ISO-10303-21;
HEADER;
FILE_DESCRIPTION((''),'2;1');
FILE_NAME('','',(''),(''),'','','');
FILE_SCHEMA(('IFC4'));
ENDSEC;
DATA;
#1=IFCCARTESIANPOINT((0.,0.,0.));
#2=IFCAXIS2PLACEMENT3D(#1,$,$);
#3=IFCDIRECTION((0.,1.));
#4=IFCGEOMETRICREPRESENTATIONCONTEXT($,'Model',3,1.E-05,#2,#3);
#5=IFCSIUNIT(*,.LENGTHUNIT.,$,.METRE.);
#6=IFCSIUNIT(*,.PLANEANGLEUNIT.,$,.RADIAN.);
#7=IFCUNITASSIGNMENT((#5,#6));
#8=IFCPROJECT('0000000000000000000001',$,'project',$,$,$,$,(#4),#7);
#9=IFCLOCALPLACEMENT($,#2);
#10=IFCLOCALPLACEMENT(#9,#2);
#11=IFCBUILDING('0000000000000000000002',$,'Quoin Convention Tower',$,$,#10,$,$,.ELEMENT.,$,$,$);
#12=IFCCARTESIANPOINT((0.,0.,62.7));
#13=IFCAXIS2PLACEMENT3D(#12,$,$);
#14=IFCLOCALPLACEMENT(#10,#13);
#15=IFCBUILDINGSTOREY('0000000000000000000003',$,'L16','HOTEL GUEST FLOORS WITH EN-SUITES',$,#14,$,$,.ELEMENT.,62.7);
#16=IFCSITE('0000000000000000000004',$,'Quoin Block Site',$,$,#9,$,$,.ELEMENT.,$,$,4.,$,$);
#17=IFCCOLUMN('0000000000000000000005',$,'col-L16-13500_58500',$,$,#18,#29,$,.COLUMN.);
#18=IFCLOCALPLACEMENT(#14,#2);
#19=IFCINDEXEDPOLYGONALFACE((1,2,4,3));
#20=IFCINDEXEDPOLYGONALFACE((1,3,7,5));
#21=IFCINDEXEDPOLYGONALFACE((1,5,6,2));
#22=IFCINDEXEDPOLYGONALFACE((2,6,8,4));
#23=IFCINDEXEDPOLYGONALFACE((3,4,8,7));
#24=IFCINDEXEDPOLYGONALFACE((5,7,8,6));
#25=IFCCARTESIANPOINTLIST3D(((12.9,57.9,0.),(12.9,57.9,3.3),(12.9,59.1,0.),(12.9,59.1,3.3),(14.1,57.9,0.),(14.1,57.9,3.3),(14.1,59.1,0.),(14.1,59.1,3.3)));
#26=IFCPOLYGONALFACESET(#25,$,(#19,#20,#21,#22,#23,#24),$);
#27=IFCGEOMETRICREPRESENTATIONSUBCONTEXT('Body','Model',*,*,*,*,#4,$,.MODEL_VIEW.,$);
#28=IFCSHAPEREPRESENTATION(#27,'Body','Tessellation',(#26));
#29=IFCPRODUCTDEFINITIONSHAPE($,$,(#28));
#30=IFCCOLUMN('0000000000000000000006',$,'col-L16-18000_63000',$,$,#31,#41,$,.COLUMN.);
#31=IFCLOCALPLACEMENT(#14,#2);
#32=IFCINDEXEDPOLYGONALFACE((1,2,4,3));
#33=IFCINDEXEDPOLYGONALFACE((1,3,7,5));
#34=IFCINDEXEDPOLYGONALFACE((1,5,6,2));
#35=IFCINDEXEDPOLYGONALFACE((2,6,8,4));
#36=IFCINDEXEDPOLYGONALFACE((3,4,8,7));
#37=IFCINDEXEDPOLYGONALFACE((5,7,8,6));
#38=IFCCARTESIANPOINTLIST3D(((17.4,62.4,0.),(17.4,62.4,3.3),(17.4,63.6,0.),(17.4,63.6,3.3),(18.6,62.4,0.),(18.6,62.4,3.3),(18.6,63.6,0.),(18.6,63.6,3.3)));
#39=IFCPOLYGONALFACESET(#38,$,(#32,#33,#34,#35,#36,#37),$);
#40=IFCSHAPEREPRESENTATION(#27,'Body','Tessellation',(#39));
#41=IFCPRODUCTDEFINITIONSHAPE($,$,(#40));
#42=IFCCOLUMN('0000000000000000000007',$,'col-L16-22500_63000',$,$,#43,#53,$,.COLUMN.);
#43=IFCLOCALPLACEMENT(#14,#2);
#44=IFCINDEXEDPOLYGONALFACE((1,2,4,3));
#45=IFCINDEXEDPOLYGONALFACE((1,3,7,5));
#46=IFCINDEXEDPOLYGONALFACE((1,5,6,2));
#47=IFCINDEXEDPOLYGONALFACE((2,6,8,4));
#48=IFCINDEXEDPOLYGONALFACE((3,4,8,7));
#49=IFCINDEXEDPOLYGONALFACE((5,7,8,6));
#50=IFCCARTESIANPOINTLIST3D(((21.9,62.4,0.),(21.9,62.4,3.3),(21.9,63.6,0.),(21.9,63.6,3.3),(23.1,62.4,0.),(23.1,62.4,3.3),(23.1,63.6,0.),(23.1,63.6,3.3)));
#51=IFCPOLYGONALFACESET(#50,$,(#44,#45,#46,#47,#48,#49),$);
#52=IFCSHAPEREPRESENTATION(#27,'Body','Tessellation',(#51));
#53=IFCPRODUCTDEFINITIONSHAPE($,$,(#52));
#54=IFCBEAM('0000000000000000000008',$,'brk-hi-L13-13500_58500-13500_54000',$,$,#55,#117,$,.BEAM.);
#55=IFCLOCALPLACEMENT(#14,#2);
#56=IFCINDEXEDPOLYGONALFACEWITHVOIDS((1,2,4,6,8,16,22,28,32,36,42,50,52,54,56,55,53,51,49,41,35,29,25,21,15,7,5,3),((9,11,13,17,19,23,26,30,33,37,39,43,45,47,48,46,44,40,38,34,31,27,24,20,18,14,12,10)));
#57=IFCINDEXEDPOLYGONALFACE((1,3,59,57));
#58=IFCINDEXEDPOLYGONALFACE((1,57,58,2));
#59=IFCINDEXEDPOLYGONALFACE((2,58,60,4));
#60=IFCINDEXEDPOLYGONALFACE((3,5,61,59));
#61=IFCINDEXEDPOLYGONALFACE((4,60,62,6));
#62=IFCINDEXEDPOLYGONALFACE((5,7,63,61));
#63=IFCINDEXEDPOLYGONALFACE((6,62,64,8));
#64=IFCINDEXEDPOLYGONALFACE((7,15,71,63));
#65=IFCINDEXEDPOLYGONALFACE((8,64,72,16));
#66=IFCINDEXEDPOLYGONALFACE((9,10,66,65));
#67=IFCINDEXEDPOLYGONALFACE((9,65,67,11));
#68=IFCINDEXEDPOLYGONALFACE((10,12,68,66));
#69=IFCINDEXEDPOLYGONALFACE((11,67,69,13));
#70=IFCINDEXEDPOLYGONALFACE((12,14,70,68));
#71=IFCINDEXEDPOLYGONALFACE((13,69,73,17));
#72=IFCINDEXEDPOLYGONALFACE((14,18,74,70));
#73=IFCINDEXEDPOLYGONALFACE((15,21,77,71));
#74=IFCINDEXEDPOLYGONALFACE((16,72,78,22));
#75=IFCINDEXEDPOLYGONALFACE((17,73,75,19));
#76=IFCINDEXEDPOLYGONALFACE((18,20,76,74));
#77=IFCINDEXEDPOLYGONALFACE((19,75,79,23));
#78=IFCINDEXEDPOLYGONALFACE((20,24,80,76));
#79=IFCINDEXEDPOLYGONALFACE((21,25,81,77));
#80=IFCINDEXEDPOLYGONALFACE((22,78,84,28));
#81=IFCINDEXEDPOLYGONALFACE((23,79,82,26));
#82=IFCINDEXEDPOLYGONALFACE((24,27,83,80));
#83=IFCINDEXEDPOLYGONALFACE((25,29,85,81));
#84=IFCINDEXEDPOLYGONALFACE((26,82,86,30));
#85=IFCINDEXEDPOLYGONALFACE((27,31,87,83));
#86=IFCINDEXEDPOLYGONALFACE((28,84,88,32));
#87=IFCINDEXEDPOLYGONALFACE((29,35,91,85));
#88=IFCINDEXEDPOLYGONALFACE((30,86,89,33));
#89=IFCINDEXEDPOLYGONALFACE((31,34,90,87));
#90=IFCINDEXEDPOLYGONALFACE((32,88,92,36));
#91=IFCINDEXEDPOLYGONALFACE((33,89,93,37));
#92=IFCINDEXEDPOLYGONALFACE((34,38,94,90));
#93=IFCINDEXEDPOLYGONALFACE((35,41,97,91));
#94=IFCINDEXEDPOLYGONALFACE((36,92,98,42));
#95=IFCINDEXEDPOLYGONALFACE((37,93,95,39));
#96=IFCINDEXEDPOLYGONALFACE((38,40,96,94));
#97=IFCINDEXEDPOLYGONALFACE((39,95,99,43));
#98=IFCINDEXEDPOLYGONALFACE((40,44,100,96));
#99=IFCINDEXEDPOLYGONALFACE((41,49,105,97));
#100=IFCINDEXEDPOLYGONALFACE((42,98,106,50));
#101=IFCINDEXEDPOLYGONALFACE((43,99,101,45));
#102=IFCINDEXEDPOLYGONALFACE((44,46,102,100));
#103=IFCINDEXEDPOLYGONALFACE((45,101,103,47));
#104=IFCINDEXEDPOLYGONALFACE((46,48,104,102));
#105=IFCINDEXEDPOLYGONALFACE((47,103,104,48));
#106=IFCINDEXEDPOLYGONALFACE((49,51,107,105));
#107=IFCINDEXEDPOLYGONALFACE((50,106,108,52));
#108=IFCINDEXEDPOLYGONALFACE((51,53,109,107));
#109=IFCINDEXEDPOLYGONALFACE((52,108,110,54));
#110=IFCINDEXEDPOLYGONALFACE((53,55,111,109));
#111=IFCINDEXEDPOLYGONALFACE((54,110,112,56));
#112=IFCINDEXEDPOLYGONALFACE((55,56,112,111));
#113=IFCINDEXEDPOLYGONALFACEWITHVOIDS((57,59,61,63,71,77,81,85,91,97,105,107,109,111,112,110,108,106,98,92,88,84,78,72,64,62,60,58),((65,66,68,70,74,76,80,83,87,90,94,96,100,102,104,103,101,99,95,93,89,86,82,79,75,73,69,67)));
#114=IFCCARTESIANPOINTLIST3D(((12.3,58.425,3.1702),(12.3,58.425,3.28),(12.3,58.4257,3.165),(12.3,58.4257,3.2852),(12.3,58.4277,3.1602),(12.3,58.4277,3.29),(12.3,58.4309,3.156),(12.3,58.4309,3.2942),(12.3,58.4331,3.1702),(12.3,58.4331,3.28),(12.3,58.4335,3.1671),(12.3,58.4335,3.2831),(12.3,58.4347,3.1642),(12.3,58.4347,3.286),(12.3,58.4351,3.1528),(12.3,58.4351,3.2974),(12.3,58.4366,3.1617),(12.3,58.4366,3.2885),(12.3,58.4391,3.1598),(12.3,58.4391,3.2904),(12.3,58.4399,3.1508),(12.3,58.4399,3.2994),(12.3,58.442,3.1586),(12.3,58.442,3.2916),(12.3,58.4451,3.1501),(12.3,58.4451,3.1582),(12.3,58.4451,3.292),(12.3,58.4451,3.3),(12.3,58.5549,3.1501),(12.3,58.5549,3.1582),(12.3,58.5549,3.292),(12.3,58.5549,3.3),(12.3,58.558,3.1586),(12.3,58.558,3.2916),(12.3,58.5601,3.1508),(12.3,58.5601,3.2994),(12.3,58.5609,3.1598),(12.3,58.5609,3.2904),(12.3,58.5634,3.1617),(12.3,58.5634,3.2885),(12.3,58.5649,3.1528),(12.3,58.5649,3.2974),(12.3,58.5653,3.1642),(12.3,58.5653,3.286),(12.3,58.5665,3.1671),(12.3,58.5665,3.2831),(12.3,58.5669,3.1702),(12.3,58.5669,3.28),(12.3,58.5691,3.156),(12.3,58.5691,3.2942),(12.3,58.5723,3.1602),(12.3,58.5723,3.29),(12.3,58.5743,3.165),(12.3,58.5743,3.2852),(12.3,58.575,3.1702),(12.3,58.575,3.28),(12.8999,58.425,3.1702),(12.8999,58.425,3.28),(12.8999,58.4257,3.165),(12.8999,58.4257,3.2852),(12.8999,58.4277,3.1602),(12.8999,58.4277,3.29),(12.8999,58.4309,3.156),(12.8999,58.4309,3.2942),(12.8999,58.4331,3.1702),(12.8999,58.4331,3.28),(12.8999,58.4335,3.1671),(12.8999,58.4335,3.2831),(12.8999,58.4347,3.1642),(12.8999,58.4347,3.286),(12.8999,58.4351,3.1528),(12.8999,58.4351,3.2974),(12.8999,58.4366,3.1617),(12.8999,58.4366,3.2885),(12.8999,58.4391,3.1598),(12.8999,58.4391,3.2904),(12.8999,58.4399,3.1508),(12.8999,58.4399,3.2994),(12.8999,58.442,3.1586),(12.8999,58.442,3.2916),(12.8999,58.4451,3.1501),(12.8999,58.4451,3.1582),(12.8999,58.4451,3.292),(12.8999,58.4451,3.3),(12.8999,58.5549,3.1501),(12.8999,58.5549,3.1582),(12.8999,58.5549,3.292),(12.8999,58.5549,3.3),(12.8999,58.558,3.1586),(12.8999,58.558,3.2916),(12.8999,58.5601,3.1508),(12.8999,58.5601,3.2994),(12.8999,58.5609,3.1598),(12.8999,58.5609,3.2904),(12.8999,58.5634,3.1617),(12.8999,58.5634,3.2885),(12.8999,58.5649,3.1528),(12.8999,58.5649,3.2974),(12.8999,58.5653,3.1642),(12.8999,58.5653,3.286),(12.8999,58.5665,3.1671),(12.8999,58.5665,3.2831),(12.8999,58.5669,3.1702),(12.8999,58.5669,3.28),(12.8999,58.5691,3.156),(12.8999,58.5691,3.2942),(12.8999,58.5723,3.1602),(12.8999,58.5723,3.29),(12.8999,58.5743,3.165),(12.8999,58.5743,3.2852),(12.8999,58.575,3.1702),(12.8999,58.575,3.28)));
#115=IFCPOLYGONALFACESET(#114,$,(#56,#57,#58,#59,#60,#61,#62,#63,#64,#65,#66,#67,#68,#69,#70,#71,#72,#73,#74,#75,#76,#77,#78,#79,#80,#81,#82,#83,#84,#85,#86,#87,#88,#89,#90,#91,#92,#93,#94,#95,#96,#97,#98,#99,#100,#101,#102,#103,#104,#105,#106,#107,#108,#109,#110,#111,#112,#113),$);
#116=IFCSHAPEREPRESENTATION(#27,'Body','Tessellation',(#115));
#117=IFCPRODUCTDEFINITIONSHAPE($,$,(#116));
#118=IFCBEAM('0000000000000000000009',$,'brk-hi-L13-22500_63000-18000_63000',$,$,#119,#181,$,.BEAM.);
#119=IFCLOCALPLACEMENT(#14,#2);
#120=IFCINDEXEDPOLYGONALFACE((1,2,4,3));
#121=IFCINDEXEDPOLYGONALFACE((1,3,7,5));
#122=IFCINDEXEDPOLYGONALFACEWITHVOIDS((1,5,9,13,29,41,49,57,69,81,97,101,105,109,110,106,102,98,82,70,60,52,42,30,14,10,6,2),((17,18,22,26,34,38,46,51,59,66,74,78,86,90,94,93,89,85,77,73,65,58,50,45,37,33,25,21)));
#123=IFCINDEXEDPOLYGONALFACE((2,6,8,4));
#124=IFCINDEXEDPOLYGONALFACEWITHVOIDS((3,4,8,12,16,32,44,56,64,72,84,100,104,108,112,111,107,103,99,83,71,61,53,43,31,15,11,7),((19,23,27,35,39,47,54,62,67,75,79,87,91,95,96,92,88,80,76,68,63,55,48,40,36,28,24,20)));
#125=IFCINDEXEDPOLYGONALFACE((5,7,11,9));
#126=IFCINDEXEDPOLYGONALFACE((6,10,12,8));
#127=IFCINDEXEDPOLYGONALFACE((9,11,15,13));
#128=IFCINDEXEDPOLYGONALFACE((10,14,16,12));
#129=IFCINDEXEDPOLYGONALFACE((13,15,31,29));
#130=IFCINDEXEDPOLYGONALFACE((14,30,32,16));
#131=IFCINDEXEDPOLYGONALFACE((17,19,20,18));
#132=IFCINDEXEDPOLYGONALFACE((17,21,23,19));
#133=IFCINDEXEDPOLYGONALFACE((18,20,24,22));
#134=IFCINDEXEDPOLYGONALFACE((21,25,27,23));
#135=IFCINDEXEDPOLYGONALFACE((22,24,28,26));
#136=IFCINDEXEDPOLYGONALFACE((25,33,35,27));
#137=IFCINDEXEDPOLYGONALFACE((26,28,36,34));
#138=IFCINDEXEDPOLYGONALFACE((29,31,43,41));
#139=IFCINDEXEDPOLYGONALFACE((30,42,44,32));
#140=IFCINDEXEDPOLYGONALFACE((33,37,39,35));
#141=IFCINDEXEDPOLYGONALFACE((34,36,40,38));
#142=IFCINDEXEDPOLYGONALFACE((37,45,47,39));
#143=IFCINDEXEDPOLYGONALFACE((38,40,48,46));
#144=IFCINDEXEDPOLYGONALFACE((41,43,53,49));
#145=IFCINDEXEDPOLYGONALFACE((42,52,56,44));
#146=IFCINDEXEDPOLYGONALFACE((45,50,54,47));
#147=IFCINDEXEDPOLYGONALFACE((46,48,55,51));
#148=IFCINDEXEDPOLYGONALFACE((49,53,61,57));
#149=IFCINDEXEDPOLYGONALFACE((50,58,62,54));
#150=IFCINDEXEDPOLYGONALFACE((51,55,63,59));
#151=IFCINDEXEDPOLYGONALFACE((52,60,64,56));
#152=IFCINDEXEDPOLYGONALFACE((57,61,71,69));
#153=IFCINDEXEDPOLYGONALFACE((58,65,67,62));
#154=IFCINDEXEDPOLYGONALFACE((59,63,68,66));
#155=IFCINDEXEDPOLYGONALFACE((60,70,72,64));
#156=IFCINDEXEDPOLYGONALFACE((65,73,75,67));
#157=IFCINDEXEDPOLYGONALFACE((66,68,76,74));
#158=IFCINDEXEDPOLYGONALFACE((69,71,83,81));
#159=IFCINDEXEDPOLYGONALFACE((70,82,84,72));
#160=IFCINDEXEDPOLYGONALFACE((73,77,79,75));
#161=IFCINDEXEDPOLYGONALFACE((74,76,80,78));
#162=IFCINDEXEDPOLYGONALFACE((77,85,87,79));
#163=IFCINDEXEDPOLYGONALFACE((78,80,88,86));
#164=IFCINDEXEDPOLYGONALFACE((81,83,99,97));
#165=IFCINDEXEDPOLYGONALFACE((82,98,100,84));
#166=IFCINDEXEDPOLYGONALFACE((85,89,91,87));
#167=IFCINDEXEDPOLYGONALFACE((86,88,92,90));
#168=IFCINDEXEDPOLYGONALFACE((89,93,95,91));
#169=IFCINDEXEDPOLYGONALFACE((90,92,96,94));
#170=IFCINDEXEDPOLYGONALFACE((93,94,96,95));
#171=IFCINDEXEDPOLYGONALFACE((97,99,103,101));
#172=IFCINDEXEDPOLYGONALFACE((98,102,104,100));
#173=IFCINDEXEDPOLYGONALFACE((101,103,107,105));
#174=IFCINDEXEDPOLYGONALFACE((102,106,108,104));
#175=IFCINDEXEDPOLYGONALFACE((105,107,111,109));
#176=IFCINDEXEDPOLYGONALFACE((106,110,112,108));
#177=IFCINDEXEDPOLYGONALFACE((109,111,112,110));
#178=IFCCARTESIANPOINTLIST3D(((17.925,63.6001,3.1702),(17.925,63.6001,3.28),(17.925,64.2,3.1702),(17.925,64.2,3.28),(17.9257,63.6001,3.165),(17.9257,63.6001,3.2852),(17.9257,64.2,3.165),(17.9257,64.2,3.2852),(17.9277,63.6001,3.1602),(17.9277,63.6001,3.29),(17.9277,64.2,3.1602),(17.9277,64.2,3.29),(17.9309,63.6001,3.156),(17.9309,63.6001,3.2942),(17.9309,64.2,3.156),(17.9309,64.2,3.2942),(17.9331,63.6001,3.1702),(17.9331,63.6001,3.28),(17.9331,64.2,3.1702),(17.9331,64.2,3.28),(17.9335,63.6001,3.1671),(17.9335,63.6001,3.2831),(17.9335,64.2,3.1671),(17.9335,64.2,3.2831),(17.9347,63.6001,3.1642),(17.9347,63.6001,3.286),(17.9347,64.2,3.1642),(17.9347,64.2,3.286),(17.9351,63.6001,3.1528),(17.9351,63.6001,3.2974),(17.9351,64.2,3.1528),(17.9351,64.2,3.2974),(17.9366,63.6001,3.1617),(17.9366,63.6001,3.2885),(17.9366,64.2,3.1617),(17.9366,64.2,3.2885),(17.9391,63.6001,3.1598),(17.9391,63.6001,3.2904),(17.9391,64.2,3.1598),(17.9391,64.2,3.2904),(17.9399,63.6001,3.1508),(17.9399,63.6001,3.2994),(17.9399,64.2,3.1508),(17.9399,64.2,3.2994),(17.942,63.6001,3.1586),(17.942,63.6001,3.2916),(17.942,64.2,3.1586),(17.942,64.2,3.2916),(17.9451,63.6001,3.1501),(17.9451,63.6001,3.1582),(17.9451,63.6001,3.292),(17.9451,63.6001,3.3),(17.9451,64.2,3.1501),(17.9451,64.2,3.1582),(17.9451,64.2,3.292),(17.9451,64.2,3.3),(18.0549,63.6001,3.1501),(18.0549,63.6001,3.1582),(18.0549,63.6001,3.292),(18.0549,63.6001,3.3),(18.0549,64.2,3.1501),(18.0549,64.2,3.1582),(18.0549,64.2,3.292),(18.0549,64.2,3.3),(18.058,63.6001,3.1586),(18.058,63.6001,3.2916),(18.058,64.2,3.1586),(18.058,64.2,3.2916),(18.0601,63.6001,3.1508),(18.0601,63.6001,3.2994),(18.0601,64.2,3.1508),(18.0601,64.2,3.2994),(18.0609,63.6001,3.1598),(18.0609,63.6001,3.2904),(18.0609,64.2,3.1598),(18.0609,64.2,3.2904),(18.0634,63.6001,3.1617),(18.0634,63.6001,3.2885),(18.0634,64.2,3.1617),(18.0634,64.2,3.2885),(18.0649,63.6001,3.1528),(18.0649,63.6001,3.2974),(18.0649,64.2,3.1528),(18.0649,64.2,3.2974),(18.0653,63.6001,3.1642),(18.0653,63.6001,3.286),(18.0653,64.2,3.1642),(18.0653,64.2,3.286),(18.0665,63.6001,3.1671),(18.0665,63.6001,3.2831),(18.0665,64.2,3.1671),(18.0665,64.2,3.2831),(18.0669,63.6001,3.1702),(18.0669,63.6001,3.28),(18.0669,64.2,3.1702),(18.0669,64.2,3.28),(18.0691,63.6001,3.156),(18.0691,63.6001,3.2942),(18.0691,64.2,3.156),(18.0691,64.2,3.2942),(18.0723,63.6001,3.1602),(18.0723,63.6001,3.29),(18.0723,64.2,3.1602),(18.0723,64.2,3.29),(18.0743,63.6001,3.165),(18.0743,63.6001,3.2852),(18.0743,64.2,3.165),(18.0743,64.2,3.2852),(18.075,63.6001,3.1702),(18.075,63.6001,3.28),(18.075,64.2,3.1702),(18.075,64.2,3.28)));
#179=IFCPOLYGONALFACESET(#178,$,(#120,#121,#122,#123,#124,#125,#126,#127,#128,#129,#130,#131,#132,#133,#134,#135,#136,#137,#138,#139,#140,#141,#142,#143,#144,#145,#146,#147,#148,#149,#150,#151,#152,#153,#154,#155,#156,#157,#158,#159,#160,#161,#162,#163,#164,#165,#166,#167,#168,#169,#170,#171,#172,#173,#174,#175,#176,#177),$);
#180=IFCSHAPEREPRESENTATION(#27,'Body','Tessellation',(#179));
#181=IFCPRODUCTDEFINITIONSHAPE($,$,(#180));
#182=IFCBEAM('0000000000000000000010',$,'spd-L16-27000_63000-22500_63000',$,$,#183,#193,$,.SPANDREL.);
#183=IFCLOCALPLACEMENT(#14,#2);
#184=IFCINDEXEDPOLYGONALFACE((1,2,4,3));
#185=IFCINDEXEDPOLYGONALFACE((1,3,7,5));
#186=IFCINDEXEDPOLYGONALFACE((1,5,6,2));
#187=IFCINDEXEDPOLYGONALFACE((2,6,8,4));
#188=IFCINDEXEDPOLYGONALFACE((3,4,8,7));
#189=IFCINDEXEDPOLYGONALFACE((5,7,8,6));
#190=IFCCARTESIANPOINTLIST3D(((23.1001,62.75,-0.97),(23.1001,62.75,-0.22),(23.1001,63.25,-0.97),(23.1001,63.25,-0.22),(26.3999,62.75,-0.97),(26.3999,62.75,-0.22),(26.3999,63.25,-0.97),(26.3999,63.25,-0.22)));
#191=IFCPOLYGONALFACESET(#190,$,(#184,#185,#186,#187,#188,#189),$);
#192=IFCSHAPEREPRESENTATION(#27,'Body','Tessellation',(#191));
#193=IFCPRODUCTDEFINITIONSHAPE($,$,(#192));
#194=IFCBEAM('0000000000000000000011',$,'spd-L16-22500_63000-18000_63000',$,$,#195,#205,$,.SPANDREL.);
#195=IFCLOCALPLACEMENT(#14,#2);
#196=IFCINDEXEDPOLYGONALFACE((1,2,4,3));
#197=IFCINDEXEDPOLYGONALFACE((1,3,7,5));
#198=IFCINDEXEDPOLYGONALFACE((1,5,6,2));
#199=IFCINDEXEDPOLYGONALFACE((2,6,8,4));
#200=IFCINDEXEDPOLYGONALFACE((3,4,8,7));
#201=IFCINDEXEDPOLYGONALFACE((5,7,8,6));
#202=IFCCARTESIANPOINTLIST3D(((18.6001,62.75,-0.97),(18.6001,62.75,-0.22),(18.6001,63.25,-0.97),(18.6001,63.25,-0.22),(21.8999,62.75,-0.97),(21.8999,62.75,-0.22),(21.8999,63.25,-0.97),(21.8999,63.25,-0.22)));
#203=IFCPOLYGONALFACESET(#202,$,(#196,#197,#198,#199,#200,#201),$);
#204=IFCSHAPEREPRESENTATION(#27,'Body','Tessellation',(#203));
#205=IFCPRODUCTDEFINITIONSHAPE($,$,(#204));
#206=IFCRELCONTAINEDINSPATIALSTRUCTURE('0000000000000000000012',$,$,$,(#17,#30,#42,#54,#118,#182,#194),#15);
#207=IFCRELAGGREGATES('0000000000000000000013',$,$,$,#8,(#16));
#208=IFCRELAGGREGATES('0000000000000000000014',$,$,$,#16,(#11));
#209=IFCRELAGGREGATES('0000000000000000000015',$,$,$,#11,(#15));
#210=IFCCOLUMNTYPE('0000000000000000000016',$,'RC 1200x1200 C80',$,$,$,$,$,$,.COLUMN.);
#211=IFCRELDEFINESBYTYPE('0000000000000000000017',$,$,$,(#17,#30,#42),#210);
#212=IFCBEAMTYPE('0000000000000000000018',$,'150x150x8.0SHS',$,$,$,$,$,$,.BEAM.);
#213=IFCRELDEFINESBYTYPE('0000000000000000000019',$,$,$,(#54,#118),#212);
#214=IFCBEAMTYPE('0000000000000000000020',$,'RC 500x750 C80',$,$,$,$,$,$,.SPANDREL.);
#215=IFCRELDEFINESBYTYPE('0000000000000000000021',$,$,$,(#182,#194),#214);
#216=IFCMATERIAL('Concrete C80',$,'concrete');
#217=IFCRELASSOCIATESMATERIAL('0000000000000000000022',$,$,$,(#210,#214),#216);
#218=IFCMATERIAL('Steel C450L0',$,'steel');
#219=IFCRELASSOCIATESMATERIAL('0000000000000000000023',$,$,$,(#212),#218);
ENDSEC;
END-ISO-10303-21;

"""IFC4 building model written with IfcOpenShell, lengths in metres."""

from ifc_helpers import new_model, si_unit, direction, frame, origin, origin_2d, place, context, subcontext, project, spatial, rectangle, hollow_rectangle, extrude, material, material_profile, profile_set, type_object, element, save


model = new_model("IFC4")

# Units and contexts
model_context = context("Model", 3, precision=1e-05, world=origin(), true_north=direction((0.0, 1.0)))
body_context = subcontext(model_context, "Body", "Model", "MODEL_VIEW")
ifc_project = project(units=[si_unit("LENGTHUNIT", "METRE"), si_unit("PLANEANGLEUNIT", "RADIAN")], contexts=[model_context])

# Site, building, storey
site_placement = place(None, origin())
site = spatial("IfcSite", under=ifc_project, at=site_placement, Name="Quoin Block Site", CompositionType="ELEMENT", RefElevation=4.0)
building_placement = place(site_placement, origin())
building = spatial("IfcBuilding", under=site, at=building_placement, Name="Quoin Convention Tower", CompositionType="ELEMENT")
storey_placement = place(building_placement, frame((0.0, 0.0, 62.7)))
storey = spatial("IfcBuildingStorey", under=building, at=storey_placement, Name="L16", Description="HOTEL GUEST FLOORS WITH EN-SUITES", CompositionType="ELEMENT", Elevation=62.7)

# Columns
ifc_material_1 = material(Name="Concrete C80", Category="concrete")
ifc_material_profile_1 = material_profile(ifc_material_1, rectangle(XDim=1.2, YDim=1.2, at=origin_2d()), Name="RC 1200x1200")
ifc_profile_set_1 = profile_set([ifc_material_profile_1], Name="Concrete C80")
column_type = type_object("IfcColumnType", Name="RC 1200x1200 C80", PredefinedType="COLUMN", material=ifc_profile_set_1)
for number, where, z_axis, x_axis, name in (
    (1, (13.5, 58.5, 0.0), (0.0, 0.0, 1.0), (1.0, 0.0, 0.0), "col-L16-13500_58500"),
    (2, (18.0, 63.0, 0.0), (0.0, 0.0, 1.0), (1.0, 0.0, 0.0), "col-L16-18000_63000"),
    (3, (22.5, 63.0, 0.0), (0.0, 0.0, 1.0), (1.0, 0.0, 0.0), "col-L16-22500_63000"),
):
    element("IfcColumn", number, at=place(storey_placement, frame(where, z_axis=z_axis, x_axis=x_axis)), inside=storey, type_object=column_type, Name=name, PredefinedType="COLUMN", context=body_context, shape_type="SweptSolid", body=[
        extrude(rectangle(XDim=1.2, YDim=1.2, at=origin_2d()), origin(), (0.0, 0.0, 1.0), 3.3),
    ])

# Beams
ifc_material_2 = material(Name="Steel C450L0", Category="steel")
ifc_material_profile_2 = material_profile(ifc_material_2, hollow_rectangle(XDim=0.1499, YDim=0.1499, WallThickness=0.0081, InnerFilletRadius=0.012, OuterFilletRadius=0.02, at=origin_2d()), Name="150x150x8.0SHS")
ifc_profile_set_2 = profile_set([ifc_material_profile_2], Name="Steel C450L0")
beam_type_1 = type_object("IfcBeamType", Name="150x150x8.0SHS", PredefinedType="BEAM", material=ifc_profile_set_2)
for number, where, z_axis, x_axis, name in (
    (4, (12.8999, 58.5, 3.2251), (-1.0, 0.0, 0.0), (0.0, -1.0, 0.0), "brk-hi-L13-13500_58500-13500_54000"),
    (5, (18.0, 63.6001, 3.2251), (0.0, 1.0, 0.0), (-1.0, 0.0, 0.0), "brk-hi-L13-22500_63000-18000_63000"),
):
    element("IfcBeam", number, at=place(storey_placement, frame(where, z_axis=z_axis, x_axis=x_axis)), inside=storey, type_object=beam_type_1, Name=name, PredefinedType="BEAM", context=body_context, shape_type="SweptSolid", body=[
        extrude(hollow_rectangle(XDim=0.1499, YDim=0.1499, WallThickness=0.0081, InnerFilletRadius=0.012, OuterFilletRadius=0.02, at=origin_2d()), origin(), (0.0, 0.0, 1.0), 0.5999),
    ])
ifc_material_profile_3 = material_profile(ifc_material_1, rectangle(XDim=0.5, YDim=0.75, at=origin_2d()), Name="RC 500x750")
ifc_profile_set_3 = profile_set([ifc_material_profile_3], Name="Concrete C80")
beam_type_2 = type_object("IfcBeamType", Name="RC 500x750 C80", PredefinedType="SPANDREL", material=ifc_profile_set_3)
for number, where, z_axis, x_axis, name in (
    (6, (26.3999, 63.0, -0.595), (-1.0, 0.0, 0.0), (0.0, -1.0, 0.0), "spd-L16-27000_63000-22500_63000"),
    (7, (21.8999, 63.0, -0.595), (-1.0, 0.0, 0.0), (0.0, -1.0, 0.0), "spd-L16-22500_63000-18000_63000"),
):
    element("IfcBeam", number, at=place(storey_placement, frame(where, z_axis=z_axis, x_axis=x_axis)), inside=storey, type_object=beam_type_2, Name=name, PredefinedType="SPANDREL", context=body_context, shape_type="SweptSolid", body=[
        extrude(rectangle(XDim=0.5, YDim=0.75, at=origin_2d()), origin(), (0.0, 0.0, 1.0), 3.2998),
    ])

save(model, "model.ifc")
